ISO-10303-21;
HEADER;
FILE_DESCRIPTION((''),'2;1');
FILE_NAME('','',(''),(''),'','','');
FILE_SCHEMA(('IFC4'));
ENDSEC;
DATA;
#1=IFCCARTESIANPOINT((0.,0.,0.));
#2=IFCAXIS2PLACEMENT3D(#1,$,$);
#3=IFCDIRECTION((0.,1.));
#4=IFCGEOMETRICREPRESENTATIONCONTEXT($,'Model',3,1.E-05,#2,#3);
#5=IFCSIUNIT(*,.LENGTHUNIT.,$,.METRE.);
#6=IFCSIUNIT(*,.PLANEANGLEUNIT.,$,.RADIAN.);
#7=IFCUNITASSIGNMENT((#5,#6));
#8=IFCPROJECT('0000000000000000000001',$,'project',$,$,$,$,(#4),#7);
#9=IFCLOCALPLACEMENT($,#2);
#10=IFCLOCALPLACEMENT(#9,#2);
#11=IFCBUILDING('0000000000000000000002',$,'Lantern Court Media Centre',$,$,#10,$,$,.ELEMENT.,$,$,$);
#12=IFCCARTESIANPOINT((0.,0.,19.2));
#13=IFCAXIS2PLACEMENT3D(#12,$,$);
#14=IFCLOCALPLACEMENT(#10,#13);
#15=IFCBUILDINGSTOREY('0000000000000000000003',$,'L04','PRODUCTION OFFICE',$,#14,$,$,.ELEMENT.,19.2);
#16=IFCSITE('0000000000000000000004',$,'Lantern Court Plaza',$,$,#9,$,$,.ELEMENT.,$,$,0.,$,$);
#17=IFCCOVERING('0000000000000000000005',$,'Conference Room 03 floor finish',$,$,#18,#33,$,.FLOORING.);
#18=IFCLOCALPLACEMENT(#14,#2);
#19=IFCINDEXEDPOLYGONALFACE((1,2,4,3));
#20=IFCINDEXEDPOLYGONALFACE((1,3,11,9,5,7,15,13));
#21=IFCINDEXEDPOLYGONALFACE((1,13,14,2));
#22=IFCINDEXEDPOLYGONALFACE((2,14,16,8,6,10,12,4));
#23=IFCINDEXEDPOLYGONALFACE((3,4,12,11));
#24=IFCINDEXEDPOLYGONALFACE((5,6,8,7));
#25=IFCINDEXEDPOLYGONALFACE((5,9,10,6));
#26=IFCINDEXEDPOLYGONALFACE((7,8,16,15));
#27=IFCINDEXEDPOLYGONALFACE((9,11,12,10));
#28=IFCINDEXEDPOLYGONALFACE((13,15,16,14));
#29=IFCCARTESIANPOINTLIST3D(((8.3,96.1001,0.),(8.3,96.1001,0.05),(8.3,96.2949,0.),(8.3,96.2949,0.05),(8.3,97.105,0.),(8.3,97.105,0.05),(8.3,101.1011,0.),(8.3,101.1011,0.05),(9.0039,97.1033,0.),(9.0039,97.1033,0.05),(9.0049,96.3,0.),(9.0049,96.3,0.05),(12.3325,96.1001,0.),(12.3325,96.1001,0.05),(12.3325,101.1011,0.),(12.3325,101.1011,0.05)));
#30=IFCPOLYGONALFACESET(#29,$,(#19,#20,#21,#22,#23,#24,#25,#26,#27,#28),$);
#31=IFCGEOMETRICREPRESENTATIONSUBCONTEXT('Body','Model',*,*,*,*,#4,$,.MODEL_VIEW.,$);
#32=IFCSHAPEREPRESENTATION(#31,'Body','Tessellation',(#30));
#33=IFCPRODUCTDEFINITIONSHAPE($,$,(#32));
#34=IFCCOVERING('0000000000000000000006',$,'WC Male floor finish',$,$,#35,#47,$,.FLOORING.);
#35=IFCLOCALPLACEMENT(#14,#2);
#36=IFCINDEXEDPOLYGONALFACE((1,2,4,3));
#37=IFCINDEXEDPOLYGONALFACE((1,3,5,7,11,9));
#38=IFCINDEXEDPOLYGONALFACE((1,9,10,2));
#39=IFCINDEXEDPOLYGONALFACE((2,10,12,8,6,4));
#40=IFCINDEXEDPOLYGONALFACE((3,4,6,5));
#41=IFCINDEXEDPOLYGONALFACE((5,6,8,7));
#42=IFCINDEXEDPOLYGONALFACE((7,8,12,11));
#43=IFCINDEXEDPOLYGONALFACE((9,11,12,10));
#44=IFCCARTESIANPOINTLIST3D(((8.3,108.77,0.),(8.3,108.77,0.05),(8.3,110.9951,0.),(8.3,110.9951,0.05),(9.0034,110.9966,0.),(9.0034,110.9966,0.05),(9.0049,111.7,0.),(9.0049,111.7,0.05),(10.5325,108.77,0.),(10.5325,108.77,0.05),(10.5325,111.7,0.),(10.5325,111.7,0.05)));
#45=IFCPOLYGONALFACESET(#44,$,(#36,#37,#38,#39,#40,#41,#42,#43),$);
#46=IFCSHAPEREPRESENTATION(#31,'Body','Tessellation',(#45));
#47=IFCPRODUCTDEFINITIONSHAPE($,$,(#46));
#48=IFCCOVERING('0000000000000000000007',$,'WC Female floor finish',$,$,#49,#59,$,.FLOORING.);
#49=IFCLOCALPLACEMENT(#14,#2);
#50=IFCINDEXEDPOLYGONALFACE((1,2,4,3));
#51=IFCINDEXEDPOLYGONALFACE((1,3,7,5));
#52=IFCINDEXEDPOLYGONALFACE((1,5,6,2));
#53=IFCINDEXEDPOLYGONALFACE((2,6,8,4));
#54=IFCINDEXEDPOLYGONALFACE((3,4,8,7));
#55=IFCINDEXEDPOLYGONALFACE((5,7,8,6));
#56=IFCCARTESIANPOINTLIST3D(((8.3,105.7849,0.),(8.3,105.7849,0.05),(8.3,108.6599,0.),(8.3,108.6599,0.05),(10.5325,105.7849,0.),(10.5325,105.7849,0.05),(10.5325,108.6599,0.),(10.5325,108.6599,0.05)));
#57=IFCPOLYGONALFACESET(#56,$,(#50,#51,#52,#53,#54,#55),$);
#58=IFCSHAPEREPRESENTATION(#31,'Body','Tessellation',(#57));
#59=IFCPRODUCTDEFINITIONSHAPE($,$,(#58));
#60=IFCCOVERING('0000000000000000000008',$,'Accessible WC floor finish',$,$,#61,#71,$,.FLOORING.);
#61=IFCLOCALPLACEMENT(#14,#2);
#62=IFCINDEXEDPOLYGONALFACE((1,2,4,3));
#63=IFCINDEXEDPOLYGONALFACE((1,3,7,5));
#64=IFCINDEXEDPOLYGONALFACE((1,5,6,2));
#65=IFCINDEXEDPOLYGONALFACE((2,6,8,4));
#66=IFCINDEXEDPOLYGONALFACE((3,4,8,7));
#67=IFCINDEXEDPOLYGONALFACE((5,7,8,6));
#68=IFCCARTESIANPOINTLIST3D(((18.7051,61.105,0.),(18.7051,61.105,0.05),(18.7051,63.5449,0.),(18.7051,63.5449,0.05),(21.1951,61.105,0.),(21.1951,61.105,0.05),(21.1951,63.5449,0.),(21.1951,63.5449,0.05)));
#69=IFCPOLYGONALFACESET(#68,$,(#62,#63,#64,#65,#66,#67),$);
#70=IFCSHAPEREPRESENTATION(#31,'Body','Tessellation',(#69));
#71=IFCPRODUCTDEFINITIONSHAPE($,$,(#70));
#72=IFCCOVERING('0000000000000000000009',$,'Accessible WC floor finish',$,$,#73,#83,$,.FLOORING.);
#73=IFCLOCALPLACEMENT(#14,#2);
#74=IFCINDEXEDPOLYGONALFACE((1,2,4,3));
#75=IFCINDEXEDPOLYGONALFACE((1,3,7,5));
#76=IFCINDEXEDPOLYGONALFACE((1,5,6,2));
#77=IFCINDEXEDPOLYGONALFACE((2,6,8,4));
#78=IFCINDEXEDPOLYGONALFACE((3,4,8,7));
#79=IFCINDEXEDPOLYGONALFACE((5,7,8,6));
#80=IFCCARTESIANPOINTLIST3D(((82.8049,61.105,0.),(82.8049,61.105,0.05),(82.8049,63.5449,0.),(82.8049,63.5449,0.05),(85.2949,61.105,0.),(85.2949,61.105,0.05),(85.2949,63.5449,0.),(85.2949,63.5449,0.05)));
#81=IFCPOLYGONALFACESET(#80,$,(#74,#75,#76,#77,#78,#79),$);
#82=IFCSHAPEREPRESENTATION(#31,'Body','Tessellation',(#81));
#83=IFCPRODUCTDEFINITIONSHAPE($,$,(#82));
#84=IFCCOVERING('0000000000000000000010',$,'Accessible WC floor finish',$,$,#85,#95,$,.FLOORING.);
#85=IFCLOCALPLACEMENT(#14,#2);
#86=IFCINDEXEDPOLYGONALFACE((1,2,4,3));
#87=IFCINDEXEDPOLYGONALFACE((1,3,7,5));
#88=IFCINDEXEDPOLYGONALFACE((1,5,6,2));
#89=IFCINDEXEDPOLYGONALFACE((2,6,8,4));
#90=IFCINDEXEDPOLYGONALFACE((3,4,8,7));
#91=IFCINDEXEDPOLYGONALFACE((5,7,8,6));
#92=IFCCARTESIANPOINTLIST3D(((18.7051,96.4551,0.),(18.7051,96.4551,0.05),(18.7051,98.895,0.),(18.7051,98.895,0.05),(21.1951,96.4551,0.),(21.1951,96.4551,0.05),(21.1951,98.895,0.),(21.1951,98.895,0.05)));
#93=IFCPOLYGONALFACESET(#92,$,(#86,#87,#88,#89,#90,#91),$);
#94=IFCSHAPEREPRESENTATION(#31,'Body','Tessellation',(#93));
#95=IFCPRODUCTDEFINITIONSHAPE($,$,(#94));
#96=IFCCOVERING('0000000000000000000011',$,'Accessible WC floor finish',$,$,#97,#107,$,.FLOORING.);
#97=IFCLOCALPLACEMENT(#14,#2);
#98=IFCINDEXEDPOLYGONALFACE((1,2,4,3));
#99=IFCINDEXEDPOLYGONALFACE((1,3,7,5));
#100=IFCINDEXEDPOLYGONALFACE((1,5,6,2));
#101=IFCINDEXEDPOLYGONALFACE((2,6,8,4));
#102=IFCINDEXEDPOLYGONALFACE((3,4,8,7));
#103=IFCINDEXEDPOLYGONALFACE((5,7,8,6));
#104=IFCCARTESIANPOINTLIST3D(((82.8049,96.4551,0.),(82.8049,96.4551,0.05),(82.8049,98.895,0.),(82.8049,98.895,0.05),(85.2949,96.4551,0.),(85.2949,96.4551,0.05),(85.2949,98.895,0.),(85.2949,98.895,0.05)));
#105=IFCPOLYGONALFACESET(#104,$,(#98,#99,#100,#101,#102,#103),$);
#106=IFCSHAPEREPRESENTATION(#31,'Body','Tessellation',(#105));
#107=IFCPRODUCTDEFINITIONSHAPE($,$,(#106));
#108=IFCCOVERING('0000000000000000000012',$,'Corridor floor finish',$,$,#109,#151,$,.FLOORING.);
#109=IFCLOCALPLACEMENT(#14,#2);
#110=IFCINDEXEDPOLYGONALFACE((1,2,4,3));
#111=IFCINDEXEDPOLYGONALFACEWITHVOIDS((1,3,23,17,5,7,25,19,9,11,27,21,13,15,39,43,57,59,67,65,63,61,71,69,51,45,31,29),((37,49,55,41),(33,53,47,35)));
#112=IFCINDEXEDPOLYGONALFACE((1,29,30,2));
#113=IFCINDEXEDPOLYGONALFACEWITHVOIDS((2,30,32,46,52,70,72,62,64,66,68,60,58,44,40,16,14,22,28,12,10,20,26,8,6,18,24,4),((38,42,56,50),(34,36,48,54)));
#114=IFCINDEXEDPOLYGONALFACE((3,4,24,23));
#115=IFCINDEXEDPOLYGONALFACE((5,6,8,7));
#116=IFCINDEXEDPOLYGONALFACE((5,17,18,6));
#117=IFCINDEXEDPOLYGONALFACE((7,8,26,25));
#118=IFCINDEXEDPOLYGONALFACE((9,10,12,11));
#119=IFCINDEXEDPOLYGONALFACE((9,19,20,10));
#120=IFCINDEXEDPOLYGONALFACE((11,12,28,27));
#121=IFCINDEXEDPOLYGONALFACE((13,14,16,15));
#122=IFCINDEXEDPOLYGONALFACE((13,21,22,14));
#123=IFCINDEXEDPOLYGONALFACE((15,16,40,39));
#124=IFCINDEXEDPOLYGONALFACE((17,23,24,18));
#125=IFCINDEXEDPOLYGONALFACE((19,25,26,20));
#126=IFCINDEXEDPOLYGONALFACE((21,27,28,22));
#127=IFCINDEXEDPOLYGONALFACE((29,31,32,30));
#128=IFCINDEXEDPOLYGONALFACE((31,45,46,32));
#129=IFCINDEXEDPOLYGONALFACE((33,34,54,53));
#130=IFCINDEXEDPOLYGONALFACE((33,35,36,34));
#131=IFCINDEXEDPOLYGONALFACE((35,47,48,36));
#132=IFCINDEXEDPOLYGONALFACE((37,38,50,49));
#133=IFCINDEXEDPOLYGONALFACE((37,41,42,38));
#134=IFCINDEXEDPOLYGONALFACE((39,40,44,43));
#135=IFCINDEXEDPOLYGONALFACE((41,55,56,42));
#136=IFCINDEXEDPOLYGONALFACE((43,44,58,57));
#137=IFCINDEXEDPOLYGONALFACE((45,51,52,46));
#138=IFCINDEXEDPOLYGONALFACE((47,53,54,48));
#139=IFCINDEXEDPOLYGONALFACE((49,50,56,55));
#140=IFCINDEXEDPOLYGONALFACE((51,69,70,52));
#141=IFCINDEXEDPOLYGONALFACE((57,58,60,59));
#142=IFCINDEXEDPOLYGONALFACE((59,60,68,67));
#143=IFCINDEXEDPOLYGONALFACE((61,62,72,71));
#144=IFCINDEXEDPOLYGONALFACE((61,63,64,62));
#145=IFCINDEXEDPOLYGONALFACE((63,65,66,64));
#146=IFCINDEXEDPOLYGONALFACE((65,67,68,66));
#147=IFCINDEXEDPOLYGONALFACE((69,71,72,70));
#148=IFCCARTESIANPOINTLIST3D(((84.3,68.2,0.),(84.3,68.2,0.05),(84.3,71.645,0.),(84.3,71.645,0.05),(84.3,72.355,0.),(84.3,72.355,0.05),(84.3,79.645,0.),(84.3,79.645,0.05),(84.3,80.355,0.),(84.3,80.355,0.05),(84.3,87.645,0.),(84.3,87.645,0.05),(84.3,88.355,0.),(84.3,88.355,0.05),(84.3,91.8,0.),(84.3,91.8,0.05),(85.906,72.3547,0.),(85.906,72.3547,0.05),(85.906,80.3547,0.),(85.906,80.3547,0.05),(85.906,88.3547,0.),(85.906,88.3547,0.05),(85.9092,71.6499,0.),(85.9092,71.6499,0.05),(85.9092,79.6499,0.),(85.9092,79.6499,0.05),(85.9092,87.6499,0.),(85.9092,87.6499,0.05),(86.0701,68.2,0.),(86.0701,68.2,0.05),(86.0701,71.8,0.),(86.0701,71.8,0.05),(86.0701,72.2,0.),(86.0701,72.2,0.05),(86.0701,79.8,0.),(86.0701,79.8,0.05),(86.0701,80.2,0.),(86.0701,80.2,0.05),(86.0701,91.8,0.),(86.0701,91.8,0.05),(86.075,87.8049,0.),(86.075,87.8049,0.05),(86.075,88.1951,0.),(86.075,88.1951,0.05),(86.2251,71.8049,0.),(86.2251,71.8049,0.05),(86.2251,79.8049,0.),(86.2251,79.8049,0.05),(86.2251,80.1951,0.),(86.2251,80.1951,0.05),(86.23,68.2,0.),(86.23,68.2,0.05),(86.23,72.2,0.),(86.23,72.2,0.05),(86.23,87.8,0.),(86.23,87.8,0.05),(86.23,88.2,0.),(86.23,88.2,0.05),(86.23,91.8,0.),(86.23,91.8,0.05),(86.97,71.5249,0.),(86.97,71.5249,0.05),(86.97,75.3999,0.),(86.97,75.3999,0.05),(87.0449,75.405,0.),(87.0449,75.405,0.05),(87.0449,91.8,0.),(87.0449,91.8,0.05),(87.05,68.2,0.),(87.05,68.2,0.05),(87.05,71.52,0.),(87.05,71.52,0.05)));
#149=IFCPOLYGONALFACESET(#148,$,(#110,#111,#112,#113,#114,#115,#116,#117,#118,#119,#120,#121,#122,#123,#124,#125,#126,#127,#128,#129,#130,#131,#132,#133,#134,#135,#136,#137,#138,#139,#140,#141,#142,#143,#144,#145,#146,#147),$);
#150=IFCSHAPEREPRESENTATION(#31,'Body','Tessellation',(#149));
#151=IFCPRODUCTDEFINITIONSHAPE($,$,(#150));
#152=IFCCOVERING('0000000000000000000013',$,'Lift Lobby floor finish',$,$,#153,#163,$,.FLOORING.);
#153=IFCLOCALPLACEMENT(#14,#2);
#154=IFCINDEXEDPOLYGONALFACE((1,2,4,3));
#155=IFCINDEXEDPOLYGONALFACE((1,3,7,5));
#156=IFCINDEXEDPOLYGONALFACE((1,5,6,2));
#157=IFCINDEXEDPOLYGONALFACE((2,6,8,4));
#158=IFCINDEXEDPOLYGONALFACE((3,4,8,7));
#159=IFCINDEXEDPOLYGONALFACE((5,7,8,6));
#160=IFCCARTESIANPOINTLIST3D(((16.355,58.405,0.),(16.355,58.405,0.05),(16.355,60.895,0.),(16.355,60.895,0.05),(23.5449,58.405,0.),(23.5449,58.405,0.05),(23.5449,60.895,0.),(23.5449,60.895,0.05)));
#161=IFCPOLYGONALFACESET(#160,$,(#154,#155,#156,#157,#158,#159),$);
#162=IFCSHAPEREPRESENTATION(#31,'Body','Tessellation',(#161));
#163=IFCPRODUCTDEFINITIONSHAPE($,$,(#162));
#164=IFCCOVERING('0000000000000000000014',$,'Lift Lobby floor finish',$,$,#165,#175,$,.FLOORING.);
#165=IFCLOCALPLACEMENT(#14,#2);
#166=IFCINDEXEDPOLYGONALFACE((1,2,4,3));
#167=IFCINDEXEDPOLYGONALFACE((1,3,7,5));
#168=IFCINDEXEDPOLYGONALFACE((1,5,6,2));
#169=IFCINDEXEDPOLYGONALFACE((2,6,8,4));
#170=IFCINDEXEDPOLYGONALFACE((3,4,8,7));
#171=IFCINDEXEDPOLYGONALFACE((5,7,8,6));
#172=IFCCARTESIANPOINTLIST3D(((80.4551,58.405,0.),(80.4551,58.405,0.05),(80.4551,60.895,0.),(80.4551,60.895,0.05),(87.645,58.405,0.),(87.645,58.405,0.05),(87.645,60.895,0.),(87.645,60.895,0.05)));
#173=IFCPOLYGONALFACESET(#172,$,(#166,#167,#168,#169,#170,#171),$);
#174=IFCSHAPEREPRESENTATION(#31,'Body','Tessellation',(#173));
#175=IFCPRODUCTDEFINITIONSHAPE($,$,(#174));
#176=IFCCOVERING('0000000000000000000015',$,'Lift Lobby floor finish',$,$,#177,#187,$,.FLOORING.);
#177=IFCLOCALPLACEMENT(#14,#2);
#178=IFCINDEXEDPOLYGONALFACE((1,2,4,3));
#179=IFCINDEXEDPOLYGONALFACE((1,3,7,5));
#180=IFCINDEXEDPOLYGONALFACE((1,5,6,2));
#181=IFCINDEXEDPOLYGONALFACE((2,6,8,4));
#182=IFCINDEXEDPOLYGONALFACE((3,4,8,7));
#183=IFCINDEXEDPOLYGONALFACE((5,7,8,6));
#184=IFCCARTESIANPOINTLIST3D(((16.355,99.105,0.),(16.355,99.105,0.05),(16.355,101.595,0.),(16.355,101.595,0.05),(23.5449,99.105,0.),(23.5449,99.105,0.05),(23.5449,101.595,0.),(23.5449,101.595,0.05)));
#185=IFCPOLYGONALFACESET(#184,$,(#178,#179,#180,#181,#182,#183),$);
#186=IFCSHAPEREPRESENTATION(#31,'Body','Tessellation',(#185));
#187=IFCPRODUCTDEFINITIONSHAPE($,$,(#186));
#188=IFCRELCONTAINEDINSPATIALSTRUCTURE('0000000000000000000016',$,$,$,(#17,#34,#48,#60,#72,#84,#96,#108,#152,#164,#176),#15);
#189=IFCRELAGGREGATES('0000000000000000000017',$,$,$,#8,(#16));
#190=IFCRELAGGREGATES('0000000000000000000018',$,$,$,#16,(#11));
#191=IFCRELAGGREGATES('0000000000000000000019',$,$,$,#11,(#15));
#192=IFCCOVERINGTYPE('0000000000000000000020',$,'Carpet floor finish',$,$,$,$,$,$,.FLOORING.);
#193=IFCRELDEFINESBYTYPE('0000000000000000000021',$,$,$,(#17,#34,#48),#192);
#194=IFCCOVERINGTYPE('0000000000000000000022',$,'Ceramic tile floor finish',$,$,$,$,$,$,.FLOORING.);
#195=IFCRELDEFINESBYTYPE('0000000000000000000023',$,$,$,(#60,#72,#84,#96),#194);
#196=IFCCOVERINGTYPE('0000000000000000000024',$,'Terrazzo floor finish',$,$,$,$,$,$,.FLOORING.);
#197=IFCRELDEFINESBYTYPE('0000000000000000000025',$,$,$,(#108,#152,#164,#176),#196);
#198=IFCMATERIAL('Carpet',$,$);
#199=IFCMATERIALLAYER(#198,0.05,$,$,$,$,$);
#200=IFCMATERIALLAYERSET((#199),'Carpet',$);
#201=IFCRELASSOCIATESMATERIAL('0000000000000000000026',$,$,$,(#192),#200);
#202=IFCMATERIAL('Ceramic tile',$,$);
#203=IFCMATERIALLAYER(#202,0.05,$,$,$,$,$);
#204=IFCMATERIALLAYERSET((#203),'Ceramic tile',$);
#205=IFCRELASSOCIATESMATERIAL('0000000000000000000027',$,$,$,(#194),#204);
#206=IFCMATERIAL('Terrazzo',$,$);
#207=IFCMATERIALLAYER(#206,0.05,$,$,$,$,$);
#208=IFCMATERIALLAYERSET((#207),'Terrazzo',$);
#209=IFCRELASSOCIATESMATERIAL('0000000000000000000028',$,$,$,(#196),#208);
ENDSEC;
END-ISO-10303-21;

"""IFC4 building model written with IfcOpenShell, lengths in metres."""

from ifc_helpers import new_model, si_unit, direction, frame, origin, place, context, subcontext, project, spatial, polyline, outline, extrude, material, layer, layer_set, type_object, element, save


model = new_model("IFC4")

# Units and contexts
model_context = context("Model", 3, precision=1e-05, world=origin(), true_north=direction((0.0, 1.0)))
body_context = subcontext(model_context, "Body", "Model", "MODEL_VIEW")
ifc_project = project(units=[si_unit("LENGTHUNIT", "METRE"), si_unit("PLANEANGLEUNIT", "RADIAN")], contexts=[model_context])

# Site, building, storey
site_placement = place(None, origin())
site = spatial("IfcSite", under=ifc_project, at=site_placement, Name="Lantern Court Plaza", CompositionType="ELEMENT", RefElevation=0.0)
building_placement = place(site_placement, origin())
building = spatial("IfcBuilding", under=site, at=building_placement, Name="Lantern Court Media Centre", CompositionType="ELEMENT")
storey_placement = place(building_placement, frame((0.0, 0.0, 19.2)))
storey = spatial("IfcBuildingStorey", under=building, at=storey_placement, Name="L04", Description="PRODUCTION OFFICE", CompositionType="ELEMENT", Elevation=19.2)

# Coverings
ifc_material_1 = material(Name="Carpet")
ifc_layer_1 = layer(ifc_material_1, 0.05)
ifc_layer_set_1 = layer_set([ifc_layer_1], Name="Carpet")
covering_type_1 = type_object("IfcCoveringType", Name="Carpet floor finish", PredefinedType="FLOORING", material=ifc_layer_set_1)
covering_1_placement = place(storey_placement, origin())
element("IfcCovering", 1, at=covering_1_placement, inside=storey, type_object=covering_type_1, Name="Conference Room 03 floor finish", PredefinedType="FLOORING", context=body_context, shape_type="SweptSolid", body=[
    extrude(outline(polyline([(8.3, 101.1011), (12.3325, 101.1011), (12.3325, 96.1001), (8.3, 96.1001), (8.3, 96.2949), (9.0049, 96.3), (9.0039, 97.1033), (8.3, 97.105), (8.3, 101.1011)])), origin(), (0.0, 0.0, 1.0), 0.05),
])
covering_2_placement = place(storey_placement, origin())
element("IfcCovering", 2, at=covering_2_placement, inside=storey, type_object=covering_type_1, Name="WC Male floor finish", PredefinedType="FLOORING", context=body_context, shape_type="SweptSolid", body=[
    extrude(outline(polyline([(10.5325, 111.7), (10.5325, 108.77), (8.3, 108.77), (8.3, 110.9951), (9.0034, 110.9966), (9.0049, 111.7), (10.5325, 111.7)])), origin(), (0.0, 0.0, 1.0), 0.05),
])
covering_3_placement = place(storey_placement, origin())
element("IfcCovering", 3, at=covering_3_placement, inside=storey, type_object=covering_type_1, Name="WC Female floor finish", PredefinedType="FLOORING", context=body_context, shape_type="SweptSolid", body=[
    extrude(outline(polyline([(8.3, 108.6599), (10.5325, 108.6599), (10.5325, 105.7849), (8.3, 105.7849), (8.3, 108.6599)])), origin(), (0.0, 0.0, 1.0), 0.05),
])
ifc_material_2 = material(Name="Ceramic tile")
ifc_layer_2 = layer(ifc_material_2, 0.05)
ifc_layer_set_2 = layer_set([ifc_layer_2], Name="Ceramic tile")
covering_type_2 = type_object("IfcCoveringType", Name="Ceramic tile floor finish", PredefinedType="FLOORING", material=ifc_layer_set_2)
covering_4_placement = place(storey_placement, origin())
element("IfcCovering", 4, at=covering_4_placement, inside=storey, type_object=covering_type_2, Name="Accessible WC floor finish", PredefinedType="FLOORING", context=body_context, shape_type="SweptSolid", body=[
    extrude(outline(polyline([(21.1951, 63.5449), (21.1951, 61.105), (18.7051, 61.105), (18.7051, 63.5449), (21.1951, 63.5449)])), origin(), (0.0, 0.0, 1.0), 0.05),
])
covering_5_placement = place(storey_placement, origin())
element("IfcCovering", 5, at=covering_5_placement, inside=storey, type_object=covering_type_2, Name="Accessible WC floor finish", PredefinedType="FLOORING", context=body_context, shape_type="SweptSolid", body=[
    extrude(outline(polyline([(85.2949, 61.105), (82.8049, 61.105), (82.8049, 63.5449), (85.2949, 63.5449), (85.2949, 61.105)])), origin(), (0.0, 0.0, 1.0), 0.05),
])
covering_6_placement = place(storey_placement, origin())
element("IfcCovering", 6, at=covering_6_placement, inside=storey, type_object=covering_type_2, Name="Accessible WC floor finish", PredefinedType="FLOORING", context=body_context, shape_type="SweptSolid", body=[
    extrude(outline(polyline([(18.7051, 96.4551), (18.7051, 98.895), (21.1951, 98.895), (21.1951, 96.4551), (18.7051, 96.4551)])), origin(), (0.0, 0.0, 1.0), 0.05),
])
covering_7_placement = place(storey_placement, origin())
element("IfcCovering", 7, at=covering_7_placement, inside=storey, type_object=covering_type_2, Name="Accessible WC floor finish", PredefinedType="FLOORING", context=body_context, shape_type="SweptSolid", body=[
    extrude(outline(polyline([(82.8049, 96.4551), (82.8049, 98.895), (85.2949, 98.895), (85.2949, 96.4551), (82.8049, 96.4551)])), origin(), (0.0, 0.0, 1.0), 0.05),
])
ifc_material_3 = material(Name="Terrazzo")
ifc_layer_3 = layer(ifc_material_3, 0.05)
ifc_layer_set_3 = layer_set([ifc_layer_3], Name="Terrazzo")
covering_type_3 = type_object("IfcCoveringType", Name="Terrazzo floor finish", PredefinedType="FLOORING", material=ifc_layer_set_3)
covering_8_placement = place(storey_placement, origin())
element("IfcCovering", 8, at=covering_8_placement, inside=storey, type_object=covering_type_3, Name="Corridor floor finish", PredefinedType="FLOORING", context=body_context, shape_type="SweptSolid", body=[
    extrude(outline(polyline([(87.05, 68.2), (86.23, 68.2), (86.2251, 71.8049), (86.0701, 71.8), (86.0701, 68.2), (84.3, 68.2), (84.3, 71.645), (85.9092, 71.6499), (85.906, 72.3547), (84.3, 72.355), (84.3, 79.645), (85.9092, 79.6499), (85.906, 80.3547), (84.3, 80.355), (84.3, 87.645), (85.9092, 87.6499), (85.906, 88.3547), (84.3, 88.355), (84.3, 91.8), (86.0701, 91.8), (86.075, 88.1951), (86.23, 88.2), (86.23, 91.8), (87.0449, 91.8), (87.0449, 75.405), (86.97, 75.3999), (86.97, 71.5249), (87.05, 71.52), (87.05, 68.2)]), holes=[polyline([(86.2251, 80.1951), (86.23, 87.8), (86.075, 87.8049), (86.0701, 80.2), (86.2251, 80.1951)]), polyline([(86.0701, 72.2), (86.23, 72.2), (86.2251, 79.8049), (86.0701, 79.8), (86.0701, 72.2)])]), origin(), (0.0, 0.0, 1.0), 0.05),
])
covering_9_placement = place(storey_placement, origin())
element("IfcCovering", 9, at=covering_9_placement, inside=storey, type_object=covering_type_3, Name="Lift Lobby floor finish", PredefinedType="FLOORING", context=body_context, shape_type="SweptSolid", body=[
    extrude(outline(polyline([(23.5449, 60.895), (23.5449, 58.405), (16.355, 58.405), (16.355, 60.895), (23.5449, 60.895)])), origin(), (0.0, 0.0, 1.0), 0.05),
])
covering_10_placement = place(storey_placement, origin())
element("IfcCovering", 10, at=covering_10_placement, inside=storey, type_object=covering_type_3, Name="Lift Lobby floor finish", PredefinedType="FLOORING", context=body_context, shape_type="SweptSolid", body=[
    extrude(outline(polyline([(87.645, 58.405), (80.4551, 58.405), (80.4551, 60.895), (87.645, 60.895), (87.645, 58.405)])), origin(), (0.0, 0.0, 1.0), 0.05),
])
covering_11_placement = place(storey_placement, origin())
element("IfcCovering", 11, at=covering_11_placement, inside=storey, type_object=covering_type_3, Name="Lift Lobby floor finish", PredefinedType="FLOORING", context=body_context, shape_type="SweptSolid", body=[
    extrude(outline(polyline([(23.5449, 99.105), (16.355, 99.105), (16.355, 101.595), (23.5449, 101.595), (23.5449, 99.105)])), origin(), (0.0, 0.0, 1.0), 0.05),
])

save(model, "model.ifc")
